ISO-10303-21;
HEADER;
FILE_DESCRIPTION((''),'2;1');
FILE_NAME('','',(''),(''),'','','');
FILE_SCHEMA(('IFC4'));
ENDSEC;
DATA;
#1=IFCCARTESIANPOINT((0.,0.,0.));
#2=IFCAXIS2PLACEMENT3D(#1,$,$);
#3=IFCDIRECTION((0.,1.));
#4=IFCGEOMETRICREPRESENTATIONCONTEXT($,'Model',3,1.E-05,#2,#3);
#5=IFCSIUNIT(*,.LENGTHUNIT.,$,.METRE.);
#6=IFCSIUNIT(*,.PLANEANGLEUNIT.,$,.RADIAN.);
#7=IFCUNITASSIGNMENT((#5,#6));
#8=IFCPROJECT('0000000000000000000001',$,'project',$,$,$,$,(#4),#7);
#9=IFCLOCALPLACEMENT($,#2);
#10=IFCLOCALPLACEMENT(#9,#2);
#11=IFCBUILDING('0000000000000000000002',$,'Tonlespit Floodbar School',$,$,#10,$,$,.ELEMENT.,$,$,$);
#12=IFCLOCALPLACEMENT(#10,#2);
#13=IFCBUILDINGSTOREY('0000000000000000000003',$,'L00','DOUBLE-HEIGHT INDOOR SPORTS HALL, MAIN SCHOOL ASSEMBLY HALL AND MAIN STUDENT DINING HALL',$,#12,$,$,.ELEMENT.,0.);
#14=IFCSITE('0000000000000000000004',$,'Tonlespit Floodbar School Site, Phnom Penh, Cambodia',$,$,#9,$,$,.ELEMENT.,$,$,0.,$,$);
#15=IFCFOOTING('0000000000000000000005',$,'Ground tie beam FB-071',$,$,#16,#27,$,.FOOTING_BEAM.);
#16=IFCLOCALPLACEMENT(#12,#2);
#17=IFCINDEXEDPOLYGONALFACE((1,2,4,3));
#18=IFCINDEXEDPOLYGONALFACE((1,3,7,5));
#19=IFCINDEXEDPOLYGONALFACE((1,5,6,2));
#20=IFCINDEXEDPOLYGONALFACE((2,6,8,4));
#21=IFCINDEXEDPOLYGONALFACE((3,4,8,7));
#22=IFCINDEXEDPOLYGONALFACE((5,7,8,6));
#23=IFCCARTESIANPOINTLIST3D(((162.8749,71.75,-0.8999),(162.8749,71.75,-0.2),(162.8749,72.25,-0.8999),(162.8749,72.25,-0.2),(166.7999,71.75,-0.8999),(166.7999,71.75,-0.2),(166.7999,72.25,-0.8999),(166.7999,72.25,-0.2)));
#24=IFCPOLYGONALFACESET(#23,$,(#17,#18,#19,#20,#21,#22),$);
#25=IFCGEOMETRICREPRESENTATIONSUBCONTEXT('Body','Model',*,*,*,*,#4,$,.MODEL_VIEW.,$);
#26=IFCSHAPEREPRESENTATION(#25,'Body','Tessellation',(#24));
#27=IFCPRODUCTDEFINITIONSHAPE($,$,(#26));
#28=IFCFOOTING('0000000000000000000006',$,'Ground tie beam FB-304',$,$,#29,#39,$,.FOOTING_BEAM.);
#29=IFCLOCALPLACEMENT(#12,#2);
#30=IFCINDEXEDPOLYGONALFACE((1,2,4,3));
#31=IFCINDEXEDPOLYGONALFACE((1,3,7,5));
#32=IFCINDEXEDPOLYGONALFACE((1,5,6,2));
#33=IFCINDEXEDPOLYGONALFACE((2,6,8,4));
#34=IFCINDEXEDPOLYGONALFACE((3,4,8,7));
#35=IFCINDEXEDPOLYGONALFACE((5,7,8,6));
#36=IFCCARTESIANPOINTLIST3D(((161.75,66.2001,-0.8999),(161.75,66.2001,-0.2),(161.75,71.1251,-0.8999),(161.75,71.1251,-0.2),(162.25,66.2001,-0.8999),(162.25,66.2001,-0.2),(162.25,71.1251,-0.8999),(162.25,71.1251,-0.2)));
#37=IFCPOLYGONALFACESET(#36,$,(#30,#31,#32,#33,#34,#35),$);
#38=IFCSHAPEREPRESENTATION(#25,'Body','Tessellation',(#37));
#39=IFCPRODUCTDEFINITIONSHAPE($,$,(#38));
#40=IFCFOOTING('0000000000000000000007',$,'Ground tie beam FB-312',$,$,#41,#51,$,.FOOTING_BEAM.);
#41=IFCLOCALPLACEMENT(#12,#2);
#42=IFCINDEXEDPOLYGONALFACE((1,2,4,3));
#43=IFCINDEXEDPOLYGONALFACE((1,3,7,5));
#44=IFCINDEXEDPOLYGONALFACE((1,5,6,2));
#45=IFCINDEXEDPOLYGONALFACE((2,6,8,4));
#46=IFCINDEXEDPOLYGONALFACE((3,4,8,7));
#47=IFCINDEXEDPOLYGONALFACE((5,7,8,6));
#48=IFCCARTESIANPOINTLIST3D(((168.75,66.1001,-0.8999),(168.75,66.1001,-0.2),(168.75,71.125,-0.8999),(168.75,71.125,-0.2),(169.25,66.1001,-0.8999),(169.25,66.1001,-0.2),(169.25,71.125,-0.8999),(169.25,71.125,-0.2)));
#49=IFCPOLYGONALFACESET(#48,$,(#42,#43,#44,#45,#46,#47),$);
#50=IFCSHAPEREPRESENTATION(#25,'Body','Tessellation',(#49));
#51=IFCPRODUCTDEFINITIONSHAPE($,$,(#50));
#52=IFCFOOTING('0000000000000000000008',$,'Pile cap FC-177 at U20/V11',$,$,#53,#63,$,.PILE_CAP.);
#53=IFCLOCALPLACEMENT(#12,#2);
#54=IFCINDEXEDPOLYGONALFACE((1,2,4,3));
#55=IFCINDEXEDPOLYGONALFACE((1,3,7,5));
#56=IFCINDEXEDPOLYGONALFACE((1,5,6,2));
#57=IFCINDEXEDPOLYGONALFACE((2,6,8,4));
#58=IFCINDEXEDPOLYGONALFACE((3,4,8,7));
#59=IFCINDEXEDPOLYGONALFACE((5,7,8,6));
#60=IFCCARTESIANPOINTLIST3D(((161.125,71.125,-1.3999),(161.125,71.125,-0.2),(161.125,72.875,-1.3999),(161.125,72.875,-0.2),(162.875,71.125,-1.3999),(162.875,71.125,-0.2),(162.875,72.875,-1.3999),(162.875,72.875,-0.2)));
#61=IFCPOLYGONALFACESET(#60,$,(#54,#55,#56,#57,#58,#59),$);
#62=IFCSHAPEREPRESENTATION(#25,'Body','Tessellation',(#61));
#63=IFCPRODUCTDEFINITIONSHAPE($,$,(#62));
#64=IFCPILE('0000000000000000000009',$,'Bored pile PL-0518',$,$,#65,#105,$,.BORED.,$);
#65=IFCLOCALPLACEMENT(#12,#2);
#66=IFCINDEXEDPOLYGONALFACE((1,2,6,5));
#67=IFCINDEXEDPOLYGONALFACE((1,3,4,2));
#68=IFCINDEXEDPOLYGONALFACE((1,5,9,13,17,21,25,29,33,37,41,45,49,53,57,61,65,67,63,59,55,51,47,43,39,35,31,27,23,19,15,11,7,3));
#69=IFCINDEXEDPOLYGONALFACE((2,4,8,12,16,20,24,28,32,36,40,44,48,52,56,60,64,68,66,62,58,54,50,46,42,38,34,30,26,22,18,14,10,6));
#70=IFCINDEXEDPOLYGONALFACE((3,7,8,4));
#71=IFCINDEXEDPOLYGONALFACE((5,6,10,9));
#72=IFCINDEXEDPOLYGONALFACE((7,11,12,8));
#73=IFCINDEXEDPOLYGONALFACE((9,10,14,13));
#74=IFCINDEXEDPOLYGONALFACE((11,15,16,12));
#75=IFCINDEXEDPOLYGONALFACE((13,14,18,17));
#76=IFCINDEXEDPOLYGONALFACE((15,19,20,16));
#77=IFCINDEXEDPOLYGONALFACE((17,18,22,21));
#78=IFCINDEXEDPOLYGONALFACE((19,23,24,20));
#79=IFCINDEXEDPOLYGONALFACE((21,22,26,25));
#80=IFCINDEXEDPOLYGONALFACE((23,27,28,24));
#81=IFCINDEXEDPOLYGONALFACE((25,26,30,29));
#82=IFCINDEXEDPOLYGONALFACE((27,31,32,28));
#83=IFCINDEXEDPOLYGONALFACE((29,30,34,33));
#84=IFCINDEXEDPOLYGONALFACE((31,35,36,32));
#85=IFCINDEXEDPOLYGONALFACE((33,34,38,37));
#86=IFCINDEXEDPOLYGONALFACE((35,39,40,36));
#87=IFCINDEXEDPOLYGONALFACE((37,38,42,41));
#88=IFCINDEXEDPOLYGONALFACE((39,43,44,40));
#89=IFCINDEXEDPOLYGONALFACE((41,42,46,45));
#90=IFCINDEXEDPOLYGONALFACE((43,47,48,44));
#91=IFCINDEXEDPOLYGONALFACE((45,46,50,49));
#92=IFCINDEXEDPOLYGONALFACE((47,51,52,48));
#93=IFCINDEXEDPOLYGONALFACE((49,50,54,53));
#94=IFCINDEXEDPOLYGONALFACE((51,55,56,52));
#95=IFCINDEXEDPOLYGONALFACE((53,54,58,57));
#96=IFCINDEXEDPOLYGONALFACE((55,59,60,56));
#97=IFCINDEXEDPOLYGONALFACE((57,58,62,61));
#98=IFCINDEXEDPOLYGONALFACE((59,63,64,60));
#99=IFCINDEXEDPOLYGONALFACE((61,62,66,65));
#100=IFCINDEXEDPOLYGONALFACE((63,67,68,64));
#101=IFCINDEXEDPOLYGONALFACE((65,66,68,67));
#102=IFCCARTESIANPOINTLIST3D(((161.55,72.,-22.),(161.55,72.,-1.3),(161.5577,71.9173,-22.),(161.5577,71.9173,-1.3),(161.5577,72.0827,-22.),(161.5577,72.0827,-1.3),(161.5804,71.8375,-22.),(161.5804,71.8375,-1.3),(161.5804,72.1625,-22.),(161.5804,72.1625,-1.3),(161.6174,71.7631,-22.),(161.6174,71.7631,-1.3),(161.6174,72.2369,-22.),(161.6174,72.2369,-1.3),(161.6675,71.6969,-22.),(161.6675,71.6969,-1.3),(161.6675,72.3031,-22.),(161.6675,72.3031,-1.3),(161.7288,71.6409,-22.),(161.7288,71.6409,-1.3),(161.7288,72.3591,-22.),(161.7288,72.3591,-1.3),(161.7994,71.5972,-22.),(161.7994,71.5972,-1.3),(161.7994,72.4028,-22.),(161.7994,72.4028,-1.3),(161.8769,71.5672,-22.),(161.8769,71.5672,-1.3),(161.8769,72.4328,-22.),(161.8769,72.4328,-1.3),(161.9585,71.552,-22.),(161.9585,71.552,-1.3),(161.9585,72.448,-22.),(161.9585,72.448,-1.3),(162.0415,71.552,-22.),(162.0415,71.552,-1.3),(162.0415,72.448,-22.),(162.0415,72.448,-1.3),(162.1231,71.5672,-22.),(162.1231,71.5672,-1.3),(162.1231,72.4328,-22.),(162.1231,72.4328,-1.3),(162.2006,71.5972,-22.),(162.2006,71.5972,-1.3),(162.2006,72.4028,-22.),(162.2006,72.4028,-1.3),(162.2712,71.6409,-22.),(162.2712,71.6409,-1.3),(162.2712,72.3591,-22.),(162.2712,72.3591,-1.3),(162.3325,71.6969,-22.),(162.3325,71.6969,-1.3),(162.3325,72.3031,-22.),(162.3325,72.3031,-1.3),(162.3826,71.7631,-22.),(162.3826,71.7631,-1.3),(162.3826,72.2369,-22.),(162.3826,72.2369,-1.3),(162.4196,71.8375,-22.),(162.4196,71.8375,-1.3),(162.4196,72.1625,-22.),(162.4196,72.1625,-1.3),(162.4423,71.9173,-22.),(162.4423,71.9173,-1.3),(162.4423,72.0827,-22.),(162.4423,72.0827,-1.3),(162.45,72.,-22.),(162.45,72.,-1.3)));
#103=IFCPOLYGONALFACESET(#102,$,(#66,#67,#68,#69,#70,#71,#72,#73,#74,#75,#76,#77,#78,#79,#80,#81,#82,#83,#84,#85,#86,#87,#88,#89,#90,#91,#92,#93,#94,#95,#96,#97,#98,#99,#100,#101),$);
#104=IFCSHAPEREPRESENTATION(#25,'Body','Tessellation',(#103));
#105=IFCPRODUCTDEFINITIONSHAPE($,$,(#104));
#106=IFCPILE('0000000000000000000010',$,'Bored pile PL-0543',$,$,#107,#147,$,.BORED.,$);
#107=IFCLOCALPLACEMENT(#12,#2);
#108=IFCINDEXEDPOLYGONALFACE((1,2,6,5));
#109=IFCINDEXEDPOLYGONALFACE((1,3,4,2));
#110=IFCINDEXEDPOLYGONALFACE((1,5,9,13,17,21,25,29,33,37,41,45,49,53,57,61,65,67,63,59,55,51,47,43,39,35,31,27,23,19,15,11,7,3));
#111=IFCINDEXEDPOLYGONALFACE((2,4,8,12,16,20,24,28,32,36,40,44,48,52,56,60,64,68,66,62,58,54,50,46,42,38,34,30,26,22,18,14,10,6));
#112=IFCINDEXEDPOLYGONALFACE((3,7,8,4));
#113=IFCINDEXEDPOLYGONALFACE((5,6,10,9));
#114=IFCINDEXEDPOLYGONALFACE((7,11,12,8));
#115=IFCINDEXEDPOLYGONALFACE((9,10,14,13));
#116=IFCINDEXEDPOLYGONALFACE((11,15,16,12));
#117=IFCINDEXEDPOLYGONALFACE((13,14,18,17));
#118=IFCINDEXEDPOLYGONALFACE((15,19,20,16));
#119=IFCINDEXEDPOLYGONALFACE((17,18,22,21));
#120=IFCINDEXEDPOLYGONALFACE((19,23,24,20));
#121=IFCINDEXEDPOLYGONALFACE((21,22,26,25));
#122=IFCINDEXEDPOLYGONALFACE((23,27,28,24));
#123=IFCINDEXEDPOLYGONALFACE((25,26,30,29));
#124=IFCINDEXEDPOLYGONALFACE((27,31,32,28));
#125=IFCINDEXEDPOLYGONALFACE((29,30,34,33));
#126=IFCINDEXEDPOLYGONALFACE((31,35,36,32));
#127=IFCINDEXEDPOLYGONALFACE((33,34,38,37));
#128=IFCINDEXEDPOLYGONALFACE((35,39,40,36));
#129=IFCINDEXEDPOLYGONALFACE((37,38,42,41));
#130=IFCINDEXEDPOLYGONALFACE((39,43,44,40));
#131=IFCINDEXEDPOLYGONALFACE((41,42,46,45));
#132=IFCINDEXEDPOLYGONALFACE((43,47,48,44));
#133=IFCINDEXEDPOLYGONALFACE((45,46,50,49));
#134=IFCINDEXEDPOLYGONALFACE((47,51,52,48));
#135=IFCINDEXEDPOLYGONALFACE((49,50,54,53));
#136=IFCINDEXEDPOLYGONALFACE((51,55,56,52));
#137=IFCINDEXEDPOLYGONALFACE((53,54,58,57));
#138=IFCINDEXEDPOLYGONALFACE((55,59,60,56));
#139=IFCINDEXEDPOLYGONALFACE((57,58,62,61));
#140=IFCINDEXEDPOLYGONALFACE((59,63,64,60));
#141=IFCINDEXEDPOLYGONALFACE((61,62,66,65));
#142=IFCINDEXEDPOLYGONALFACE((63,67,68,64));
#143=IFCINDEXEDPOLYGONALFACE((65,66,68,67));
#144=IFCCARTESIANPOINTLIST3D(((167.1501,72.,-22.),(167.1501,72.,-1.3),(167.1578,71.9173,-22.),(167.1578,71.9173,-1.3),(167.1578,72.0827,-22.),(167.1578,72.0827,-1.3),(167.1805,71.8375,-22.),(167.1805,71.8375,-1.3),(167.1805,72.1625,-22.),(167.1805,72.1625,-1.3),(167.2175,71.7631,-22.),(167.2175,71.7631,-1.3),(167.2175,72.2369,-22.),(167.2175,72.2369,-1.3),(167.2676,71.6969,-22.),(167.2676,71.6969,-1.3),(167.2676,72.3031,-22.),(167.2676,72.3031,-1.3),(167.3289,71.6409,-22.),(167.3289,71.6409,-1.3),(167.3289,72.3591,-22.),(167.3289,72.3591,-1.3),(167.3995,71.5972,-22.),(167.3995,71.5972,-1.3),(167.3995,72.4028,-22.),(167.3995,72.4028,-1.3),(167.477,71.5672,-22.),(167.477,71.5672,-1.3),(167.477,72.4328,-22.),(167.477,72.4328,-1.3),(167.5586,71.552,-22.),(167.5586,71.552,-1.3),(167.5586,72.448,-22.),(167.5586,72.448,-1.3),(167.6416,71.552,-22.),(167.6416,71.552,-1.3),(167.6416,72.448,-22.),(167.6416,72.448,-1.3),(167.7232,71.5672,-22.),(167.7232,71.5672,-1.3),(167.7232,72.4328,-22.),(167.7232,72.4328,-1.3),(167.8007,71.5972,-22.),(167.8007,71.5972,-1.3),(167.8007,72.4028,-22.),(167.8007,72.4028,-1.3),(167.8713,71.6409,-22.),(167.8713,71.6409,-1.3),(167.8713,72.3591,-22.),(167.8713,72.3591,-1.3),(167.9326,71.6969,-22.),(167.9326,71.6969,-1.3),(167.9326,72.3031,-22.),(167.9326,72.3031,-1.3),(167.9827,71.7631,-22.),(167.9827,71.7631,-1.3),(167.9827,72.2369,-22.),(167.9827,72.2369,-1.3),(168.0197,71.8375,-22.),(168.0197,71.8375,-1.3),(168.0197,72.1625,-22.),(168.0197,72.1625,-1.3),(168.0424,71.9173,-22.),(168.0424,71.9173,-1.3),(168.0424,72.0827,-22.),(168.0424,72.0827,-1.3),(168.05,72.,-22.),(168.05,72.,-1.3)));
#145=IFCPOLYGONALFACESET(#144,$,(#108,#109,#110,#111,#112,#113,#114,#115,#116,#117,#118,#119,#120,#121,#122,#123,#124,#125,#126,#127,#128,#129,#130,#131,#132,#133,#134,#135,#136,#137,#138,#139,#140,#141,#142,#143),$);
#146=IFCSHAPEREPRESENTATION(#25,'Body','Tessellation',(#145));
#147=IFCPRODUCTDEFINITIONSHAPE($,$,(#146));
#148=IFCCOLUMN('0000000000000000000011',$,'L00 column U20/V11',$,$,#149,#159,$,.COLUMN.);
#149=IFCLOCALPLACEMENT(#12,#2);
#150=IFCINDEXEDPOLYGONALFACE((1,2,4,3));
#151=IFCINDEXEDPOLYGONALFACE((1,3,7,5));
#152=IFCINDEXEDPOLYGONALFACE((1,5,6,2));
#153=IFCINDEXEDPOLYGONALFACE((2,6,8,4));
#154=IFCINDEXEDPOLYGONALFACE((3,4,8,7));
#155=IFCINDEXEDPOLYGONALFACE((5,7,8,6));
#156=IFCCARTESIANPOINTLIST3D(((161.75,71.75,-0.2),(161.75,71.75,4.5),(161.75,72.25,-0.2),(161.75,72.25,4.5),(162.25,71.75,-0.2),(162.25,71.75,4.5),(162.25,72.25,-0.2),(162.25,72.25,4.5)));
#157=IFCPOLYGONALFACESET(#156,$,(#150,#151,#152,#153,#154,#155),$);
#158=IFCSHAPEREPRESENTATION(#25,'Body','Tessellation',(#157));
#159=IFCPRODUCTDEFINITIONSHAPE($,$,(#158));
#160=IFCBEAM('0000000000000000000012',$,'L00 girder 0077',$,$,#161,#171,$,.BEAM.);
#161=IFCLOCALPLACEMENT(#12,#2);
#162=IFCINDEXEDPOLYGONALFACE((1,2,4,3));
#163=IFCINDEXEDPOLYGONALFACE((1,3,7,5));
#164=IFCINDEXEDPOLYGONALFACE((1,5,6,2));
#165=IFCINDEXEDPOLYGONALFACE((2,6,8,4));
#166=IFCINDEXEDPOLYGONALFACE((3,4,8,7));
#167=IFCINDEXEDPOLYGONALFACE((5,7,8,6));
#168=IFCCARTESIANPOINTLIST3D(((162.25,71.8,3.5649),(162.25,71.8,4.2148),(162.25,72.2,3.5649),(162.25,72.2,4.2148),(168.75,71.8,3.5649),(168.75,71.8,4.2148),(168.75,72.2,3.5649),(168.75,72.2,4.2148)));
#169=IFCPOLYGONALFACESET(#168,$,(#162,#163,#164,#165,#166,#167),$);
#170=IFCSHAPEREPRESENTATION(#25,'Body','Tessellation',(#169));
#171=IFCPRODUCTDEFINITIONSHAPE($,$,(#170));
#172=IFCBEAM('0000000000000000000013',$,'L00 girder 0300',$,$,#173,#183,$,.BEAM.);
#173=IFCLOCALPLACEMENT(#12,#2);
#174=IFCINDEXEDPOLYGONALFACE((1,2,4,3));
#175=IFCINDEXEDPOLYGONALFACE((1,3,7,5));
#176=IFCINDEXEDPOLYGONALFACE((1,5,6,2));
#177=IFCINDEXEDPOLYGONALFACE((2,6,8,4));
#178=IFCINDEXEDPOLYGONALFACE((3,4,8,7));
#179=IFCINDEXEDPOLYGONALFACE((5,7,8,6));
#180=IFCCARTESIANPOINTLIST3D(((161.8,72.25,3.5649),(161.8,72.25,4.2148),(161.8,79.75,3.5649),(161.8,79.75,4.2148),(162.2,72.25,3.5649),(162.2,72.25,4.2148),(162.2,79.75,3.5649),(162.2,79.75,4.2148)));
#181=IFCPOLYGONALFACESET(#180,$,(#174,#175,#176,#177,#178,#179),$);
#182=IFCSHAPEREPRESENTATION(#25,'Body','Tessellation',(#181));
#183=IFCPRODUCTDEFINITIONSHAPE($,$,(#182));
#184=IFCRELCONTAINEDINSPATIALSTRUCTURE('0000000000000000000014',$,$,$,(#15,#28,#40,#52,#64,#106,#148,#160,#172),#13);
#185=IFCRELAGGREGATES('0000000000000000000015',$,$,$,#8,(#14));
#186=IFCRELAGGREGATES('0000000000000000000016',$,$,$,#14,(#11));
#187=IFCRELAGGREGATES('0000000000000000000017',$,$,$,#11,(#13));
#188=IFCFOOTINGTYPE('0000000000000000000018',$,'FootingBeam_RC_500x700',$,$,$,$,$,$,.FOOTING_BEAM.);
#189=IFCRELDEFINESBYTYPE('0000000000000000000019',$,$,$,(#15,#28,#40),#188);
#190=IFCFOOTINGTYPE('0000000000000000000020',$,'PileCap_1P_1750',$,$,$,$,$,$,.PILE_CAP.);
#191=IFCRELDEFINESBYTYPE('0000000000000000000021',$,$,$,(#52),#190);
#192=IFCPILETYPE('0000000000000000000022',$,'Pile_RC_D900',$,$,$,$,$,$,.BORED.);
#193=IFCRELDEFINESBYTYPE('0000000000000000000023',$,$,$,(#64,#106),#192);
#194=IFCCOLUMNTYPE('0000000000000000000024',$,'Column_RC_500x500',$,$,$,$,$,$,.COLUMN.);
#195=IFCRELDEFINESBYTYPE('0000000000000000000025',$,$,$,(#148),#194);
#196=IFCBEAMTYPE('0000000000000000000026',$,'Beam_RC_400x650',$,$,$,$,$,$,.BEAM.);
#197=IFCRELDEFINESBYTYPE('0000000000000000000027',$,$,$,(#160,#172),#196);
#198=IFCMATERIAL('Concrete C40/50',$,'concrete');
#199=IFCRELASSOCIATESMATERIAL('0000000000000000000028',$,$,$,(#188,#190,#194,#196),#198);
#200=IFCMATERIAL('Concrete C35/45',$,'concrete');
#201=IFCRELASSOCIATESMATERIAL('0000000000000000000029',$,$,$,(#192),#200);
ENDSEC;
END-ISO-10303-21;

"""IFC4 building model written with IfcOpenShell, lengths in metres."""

from ifc_helpers import new_model, si_unit, direction, frame, origin, origin_2d, place, context, subcontext, project, spatial, rectangle, circle, extrude, material, material_profile, profile_set, type_object, element, save


model = new_model("IFC4")

# Units and contexts
model_context = context("Model", 3, precision=1e-05, world=origin(), true_north=direction((0.0, 1.0)))
body_context = subcontext(model_context, "Body", "Model", "MODEL_VIEW")
ifc_project = project(units=[si_unit("LENGTHUNIT", "METRE"), si_unit("PLANEANGLEUNIT", "RADIAN")], contexts=[model_context])

# Site, building, storey
site_placement = place(None, origin())
site = spatial("IfcSite", under=ifc_project, at=site_placement, Name="Tonlespit Floodbar School Site, Phnom Penh, Cambodia", CompositionType="ELEMENT", RefElevation=0.0)
building_placement = place(site_placement, origin())
building = spatial("IfcBuilding", under=site, at=building_placement, Name="Tonlespit Floodbar School", CompositionType="ELEMENT")
storey_placement = place(building_placement, origin())
storey = spatial("IfcBuildingStorey", under=building, at=storey_placement, Name="L00", Description="DOUBLE-HEIGHT INDOOR SPORTS HALL, MAIN SCHOOL ASSEMBLY HALL AND MAIN STUDENT DINING HALL", CompositionType="ELEMENT", Elevation=0.0)

# Footings
ifc_material_1 = material(Name="Concrete C40/50", Category="concrete")
footing_type_1 = type_object("IfcFootingType", Name="FootingBeam_RC_500x700", PredefinedType="FOOTING_BEAM", material=ifc_material_1)
footing_1_placement = place(storey_placement, frame((164.8374, 72.0, -0.8999), z_axis=(0.0, 0.0, 1.0), x_axis=(1.0, 0.0, 0.0)))
element("IfcFooting", 1, at=footing_1_placement, inside=storey, type_object=footing_type_1, Name="Ground tie beam FB-071", PredefinedType="FOOTING_BEAM", context=body_context, shape_type="SweptSolid", body=[
    extrude(rectangle(XDim=3.925, YDim=0.5, at=origin_2d()), origin(), (0.0, 0.0, 1.0), 0.7),
])
footing_2_placement = place(storey_placement, frame((162.0, 68.6626, -0.8999), z_axis=(0.0, 0.0, 1.0), x_axis=(0.0, 1.0, 0.0)))
element("IfcFooting", 2, at=footing_2_placement, inside=storey, type_object=footing_type_1, Name="Ground tie beam FB-304", PredefinedType="FOOTING_BEAM", context=body_context, shape_type="SweptSolid", body=[
    extrude(rectangle(XDim=4.925, YDim=0.5, at=origin_2d()), origin(), (0.0, 0.0, 1.0), 0.7),
])
footing_3_placement = place(storey_placement, frame((169.0, 68.6125, -0.8999), z_axis=(0.0, 0.0, 1.0), x_axis=(0.0, 1.0, 0.0)))
element("IfcFooting", 3, at=footing_3_placement, inside=storey, type_object=footing_type_1, Name="Ground tie beam FB-312", PredefinedType="FOOTING_BEAM", context=body_context, shape_type="SweptSolid", body=[
    extrude(rectangle(XDim=5.0249, YDim=0.5, at=origin_2d()), origin(), (0.0, 0.0, 1.0), 0.7),
])
footing_type_2 = type_object("IfcFootingType", Name="PileCap_1P_1750", PredefinedType="PILE_CAP", material=ifc_material_1)
footing_4_placement = place(storey_placement, frame((162.0, 72.0, -1.3999), z_axis=(0.0, 0.0, 1.0), x_axis=(1.0, 0.0, 0.0)))
element("IfcFooting", 4, at=footing_4_placement, inside=storey, type_object=footing_type_2, Name="Pile cap FC-177 at U20/V11", PredefinedType="PILE_CAP", context=body_context, shape_type="SweptSolid", body=[
    extrude(rectangle(XDim=1.75, YDim=1.75, at=origin_2d()), origin(), (0.0, 0.0, 1.0), 1.2),
])

# Piles
ifc_material_2 = material(Name="Concrete C35/45", Category="concrete")
ifc_material_profile_1 = material_profile(ifc_material_2, circle(Radius=0.45, at=origin_2d()), Name="BP D900")
ifc_profile_set_1 = profile_set([ifc_material_profile_1], Name="Concrete C35/45")
pile_type = type_object("IfcPileType", Name="Pile_RC_D900", PredefinedType="BORED", material=ifc_profile_set_1)
for number, where, z_axis, x_axis, name in (
    (5, (162.0, 72.0, -1.3), (0.0, 0.0, -1.0), (1.0, 0.0, 0.0), "Bored pile PL-0518"),
    (6, (167.6001, 72.0, -1.3), (0.0, 0.0, -1.0), (1.0, 0.0, 0.0), "Bored pile PL-0543"),
):
    element("IfcPile", number, at=place(storey_placement, frame(where, z_axis=z_axis, x_axis=x_axis)), inside=storey, type_object=pile_type, Name=name, PredefinedType="BORED", context=body_context, shape_type="SweptSolid", body=[
        extrude(circle(Radius=0.45, at=origin_2d()), origin(), (0.0, 0.0, 1.0), 20.7),
    ])

# Column
ifc_material_profile_2 = material_profile(ifc_material_1, rectangle(XDim=0.5, YDim=0.5, at=origin_2d()), Name="RC 500x500")
ifc_profile_set_2 = profile_set([ifc_material_profile_2], Name="Concrete C40/50")
column_type = type_object("IfcColumnType", Name="Column_RC_500x500", PredefinedType="COLUMN", material=ifc_profile_set_2)
column_placement = place(storey_placement, frame((162.0, 72.0, -0.2), z_axis=(0.0, 0.0, 1.0), x_axis=(1.0, 0.0, 0.0)))
element("IfcColumn", 7, at=column_placement, inside=storey, type_object=column_type, Name="L00 column U20/V11", PredefinedType="COLUMN", context=body_context, shape_type="SweptSolid", body=[
    extrude(rectangle(XDim=0.5, YDim=0.5, at=origin_2d()), origin(), (0.0, 0.0, 1.0), 4.7),
])

# Beams
ifc_material_profile_3 = material_profile(ifc_material_1, rectangle(XDim=0.3999, YDim=0.6499, at=origin_2d()), Name="RC 400x650")
ifc_profile_set_3 = profile_set([ifc_material_profile_3], Name="Concrete C40/50")
beam_type_1 = type_object("IfcBeamType", Name="Beam_RC_400x650", PredefinedType="BEAM", material=ifc_profile_set_3)
beam_1_placement = place(storey_placement, frame((162.25, 72.0, 3.8899), z_axis=(1.0, 0.0, 0.0), x_axis=(0.0, 1.0, 0.0)))
element("IfcBeam", 8, at=beam_1_placement, inside=storey, type_object=beam_type_1, Name="L00 girder 0077", PredefinedType="BEAM", context=body_context, shape_type="SweptSolid", body=[
    extrude(rectangle(XDim=0.3999, YDim=0.6499, at=origin_2d()), origin(), (0.0, 0.0, 1.0), 6.5),
])
beam_2_placement = place(storey_placement, frame((162.0, 72.25, 3.8899), z_axis=(0.0, 1.0, 0.0), x_axis=(-1.0, 0.0, 0.0)))
element("IfcBeam", 9, at=beam_2_placement, inside=storey, type_object=beam_type_1, Name="L00 girder 0300", PredefinedType="BEAM", context=body_context, shape_type="SweptSolid", body=[
    extrude(rectangle(XDim=0.3999, YDim=0.6499, at=origin_2d()), origin(), (0.0, 0.0, 1.0), 7.5),
])

save(model, "model.ifc")
